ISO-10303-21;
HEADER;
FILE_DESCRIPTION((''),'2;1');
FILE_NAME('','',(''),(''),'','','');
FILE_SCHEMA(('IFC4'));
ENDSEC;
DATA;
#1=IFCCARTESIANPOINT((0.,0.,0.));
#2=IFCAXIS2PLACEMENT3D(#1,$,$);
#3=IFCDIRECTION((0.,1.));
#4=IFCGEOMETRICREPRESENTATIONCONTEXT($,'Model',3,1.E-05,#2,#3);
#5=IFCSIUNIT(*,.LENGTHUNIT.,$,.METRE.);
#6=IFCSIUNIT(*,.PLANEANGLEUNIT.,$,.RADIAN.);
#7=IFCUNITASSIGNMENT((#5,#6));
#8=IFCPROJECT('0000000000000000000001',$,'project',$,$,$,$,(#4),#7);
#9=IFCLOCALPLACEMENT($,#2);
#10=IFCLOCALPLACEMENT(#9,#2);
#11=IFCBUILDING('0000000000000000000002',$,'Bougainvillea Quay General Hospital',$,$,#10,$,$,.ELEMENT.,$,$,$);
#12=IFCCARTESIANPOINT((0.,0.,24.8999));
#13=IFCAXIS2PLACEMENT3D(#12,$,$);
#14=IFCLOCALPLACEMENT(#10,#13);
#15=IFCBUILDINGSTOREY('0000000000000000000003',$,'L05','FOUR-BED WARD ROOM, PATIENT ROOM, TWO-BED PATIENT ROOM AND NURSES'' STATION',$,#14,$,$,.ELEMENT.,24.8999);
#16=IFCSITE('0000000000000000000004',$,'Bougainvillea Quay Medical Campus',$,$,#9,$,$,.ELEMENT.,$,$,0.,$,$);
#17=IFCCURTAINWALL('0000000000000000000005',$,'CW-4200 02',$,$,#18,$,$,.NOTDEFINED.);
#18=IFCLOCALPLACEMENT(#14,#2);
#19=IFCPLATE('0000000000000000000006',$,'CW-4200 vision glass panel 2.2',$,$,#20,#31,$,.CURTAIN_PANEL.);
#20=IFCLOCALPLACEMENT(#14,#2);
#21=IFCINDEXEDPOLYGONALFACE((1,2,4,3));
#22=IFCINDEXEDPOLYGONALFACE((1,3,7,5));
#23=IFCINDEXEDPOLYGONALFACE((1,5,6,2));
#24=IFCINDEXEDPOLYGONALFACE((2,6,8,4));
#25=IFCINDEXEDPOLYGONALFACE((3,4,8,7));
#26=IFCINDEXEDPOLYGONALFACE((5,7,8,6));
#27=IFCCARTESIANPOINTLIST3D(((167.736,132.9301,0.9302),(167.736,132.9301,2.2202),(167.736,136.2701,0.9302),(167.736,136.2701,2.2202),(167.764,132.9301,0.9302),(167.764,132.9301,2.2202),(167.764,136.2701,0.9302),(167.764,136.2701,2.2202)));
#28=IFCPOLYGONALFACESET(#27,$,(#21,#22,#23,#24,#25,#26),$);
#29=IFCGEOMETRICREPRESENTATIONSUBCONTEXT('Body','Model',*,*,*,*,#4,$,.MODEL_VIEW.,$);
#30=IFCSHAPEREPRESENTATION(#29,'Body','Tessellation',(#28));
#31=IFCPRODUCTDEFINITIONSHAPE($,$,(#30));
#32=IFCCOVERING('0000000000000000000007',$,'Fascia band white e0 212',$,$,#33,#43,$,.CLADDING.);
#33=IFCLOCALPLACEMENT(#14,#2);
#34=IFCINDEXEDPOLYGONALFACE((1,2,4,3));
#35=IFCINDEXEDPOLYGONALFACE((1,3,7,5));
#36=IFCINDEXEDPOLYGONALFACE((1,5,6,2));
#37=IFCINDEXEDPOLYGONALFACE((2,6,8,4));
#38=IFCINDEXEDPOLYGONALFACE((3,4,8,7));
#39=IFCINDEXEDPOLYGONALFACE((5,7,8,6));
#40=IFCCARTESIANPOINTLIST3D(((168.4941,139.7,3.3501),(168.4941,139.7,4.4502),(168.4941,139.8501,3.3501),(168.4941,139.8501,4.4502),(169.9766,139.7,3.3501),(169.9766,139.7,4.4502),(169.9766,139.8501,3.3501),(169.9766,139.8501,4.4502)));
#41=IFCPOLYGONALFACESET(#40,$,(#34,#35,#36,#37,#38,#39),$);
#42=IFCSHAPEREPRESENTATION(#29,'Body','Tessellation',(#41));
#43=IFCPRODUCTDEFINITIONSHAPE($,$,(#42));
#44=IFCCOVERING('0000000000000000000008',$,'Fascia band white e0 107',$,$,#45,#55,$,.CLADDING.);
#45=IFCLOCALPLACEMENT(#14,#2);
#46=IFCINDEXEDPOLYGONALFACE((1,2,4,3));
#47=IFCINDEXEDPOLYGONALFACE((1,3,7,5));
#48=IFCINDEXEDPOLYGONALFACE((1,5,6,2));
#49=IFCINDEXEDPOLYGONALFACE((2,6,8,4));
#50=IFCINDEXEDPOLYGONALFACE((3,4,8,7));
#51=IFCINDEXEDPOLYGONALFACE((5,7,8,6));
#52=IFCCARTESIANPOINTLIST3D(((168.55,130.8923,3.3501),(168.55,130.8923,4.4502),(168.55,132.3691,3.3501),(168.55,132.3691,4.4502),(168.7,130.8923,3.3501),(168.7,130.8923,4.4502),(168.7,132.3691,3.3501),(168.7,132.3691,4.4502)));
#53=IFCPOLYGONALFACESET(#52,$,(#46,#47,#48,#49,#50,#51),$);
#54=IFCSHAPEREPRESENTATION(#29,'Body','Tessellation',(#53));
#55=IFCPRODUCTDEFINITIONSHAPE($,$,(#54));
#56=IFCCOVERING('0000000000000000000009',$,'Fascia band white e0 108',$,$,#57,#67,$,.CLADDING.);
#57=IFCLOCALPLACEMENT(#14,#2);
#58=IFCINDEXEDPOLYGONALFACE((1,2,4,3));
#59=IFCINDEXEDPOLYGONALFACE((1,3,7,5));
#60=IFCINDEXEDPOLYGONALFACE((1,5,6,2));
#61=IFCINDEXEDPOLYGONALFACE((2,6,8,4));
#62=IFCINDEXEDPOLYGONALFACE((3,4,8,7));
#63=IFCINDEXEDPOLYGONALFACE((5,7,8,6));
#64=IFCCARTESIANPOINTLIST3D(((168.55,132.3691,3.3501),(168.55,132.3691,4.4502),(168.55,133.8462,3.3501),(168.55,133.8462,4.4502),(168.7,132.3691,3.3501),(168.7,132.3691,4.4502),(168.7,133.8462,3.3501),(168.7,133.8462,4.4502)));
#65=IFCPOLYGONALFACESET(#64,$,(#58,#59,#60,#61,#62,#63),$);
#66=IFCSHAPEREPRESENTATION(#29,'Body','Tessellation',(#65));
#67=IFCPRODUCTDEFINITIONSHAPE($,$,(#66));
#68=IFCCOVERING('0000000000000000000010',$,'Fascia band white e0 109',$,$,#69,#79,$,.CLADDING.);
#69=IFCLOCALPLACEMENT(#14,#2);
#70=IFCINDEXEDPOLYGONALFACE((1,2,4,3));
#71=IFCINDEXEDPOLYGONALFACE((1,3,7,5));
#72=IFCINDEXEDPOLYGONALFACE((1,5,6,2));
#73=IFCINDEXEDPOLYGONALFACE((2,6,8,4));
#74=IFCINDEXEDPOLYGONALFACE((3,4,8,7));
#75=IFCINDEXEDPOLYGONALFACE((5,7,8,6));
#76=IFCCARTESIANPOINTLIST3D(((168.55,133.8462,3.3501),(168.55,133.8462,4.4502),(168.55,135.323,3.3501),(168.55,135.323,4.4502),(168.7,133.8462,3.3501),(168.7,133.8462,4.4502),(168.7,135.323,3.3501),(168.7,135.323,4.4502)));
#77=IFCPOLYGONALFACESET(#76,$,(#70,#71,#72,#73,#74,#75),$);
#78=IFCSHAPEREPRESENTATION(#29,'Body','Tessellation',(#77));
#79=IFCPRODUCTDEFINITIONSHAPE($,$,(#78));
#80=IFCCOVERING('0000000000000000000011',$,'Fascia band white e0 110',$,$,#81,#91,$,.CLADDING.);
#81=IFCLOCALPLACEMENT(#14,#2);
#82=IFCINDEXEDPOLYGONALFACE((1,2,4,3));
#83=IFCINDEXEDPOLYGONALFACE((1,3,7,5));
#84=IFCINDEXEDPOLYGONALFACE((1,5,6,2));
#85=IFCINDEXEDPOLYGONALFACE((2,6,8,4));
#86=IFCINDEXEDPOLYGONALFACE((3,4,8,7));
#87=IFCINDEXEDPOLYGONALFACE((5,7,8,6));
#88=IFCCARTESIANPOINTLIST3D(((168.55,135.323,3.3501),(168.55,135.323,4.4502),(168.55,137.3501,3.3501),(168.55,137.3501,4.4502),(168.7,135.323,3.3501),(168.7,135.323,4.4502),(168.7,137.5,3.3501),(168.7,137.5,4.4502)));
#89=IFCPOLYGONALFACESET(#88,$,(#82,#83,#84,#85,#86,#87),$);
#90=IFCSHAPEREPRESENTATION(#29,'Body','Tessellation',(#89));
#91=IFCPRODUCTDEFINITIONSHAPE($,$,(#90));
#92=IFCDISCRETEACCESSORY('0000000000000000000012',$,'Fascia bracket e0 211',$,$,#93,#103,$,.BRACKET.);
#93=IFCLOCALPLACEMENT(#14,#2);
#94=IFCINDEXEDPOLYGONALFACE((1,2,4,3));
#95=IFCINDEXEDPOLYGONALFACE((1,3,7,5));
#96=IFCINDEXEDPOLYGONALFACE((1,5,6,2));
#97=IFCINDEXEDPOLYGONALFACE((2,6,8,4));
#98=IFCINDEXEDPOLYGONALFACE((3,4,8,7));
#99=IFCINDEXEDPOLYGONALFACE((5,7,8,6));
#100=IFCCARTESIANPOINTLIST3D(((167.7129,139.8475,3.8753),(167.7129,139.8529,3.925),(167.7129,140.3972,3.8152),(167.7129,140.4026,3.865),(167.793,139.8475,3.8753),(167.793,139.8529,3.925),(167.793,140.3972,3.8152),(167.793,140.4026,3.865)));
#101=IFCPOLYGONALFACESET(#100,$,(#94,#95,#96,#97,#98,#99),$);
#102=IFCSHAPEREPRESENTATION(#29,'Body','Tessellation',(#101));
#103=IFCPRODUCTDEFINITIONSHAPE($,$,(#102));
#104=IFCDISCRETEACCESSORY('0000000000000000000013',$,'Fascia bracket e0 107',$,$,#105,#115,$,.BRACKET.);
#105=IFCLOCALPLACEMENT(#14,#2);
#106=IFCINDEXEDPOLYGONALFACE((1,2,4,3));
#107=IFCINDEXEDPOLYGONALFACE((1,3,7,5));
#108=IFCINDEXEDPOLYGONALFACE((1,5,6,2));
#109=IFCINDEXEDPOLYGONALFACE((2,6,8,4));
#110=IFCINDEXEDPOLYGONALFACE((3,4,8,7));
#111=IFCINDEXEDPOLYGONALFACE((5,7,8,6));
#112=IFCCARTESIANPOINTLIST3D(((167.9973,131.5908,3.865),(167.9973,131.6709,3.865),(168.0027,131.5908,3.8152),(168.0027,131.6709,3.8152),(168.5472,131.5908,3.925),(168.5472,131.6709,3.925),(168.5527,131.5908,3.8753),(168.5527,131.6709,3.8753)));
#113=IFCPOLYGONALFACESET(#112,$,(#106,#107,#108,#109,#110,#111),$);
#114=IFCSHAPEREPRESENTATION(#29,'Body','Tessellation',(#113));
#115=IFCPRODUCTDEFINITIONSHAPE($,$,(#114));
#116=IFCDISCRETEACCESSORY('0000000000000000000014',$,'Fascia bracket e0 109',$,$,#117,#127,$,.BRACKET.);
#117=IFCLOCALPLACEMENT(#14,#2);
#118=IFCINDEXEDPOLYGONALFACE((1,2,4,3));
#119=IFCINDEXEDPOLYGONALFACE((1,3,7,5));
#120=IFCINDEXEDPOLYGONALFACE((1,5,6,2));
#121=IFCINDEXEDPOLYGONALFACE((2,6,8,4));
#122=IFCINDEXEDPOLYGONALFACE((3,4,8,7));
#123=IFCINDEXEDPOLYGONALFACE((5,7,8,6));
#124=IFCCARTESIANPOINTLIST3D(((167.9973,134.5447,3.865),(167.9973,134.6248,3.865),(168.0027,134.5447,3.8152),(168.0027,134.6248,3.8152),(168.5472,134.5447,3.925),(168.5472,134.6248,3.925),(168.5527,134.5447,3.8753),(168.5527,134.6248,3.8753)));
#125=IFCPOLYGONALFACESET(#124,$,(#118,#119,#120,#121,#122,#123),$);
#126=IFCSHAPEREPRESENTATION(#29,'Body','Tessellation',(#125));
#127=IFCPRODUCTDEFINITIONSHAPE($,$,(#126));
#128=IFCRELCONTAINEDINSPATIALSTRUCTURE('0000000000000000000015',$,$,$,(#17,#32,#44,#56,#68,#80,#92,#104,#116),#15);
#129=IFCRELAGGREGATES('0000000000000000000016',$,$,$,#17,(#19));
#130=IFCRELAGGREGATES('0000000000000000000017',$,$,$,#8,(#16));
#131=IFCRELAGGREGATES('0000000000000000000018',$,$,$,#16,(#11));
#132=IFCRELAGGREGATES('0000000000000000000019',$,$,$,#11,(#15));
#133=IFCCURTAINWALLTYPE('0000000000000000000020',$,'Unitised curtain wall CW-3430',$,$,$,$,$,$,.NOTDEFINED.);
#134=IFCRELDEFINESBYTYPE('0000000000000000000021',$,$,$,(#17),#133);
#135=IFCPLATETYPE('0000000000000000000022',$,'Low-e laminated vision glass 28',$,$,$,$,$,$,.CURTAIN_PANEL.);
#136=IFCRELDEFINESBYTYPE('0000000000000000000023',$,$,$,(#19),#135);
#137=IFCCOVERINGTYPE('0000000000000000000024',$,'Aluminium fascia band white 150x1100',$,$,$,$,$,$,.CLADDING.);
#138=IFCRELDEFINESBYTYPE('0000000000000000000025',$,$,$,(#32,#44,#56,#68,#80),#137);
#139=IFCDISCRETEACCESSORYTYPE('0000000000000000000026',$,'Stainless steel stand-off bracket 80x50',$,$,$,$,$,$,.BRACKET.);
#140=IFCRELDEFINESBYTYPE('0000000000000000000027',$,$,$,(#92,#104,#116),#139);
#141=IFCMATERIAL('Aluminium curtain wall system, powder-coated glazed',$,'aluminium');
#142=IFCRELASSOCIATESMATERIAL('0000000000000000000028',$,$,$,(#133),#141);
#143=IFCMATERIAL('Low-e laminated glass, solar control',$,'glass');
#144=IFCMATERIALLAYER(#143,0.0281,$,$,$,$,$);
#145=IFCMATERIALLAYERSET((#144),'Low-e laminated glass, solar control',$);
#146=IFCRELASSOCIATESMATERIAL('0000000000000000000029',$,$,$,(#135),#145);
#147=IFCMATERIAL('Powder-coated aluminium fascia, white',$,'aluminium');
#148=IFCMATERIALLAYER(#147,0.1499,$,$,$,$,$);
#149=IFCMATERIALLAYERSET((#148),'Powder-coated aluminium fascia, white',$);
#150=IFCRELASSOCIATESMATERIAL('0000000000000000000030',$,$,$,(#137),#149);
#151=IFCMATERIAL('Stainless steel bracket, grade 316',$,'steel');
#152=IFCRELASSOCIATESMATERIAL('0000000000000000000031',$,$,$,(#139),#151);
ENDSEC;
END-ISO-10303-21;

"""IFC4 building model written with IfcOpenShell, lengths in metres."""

from ifc_helpers import new_model, si_unit, direction, frame, origin, origin_2d, place, context, subcontext, project, spatial, polyline, rectangle, outline, extrude, material, layer, layer_set, material_profile, profile_set, type_object, element, aggregate, save


model = new_model("IFC4")

# Units and contexts
model_context = context("Model", 3, precision=1e-05, world=origin(), true_north=direction((0.0, 1.0)))
body_context = subcontext(model_context, "Body", "Model", "MODEL_VIEW")
ifc_project = project(units=[si_unit("LENGTHUNIT", "METRE"), si_unit("PLANEANGLEUNIT", "RADIAN")], contexts=[model_context])

# Site, building, storey
site_placement = place(None, origin())
site = spatial("IfcSite", under=ifc_project, at=site_placement, Name="Bougainvillea Quay Medical Campus", CompositionType="ELEMENT", RefElevation=0.0)
building_placement = place(site_placement, origin())
building = spatial("IfcBuilding", under=site, at=building_placement, Name="Bougainvillea Quay General Hospital", CompositionType="ELEMENT")
storey_placement = place(building_placement, frame((0.0, 0.0, 24.8999)))
storey = spatial("IfcBuildingStorey", under=building, at=storey_placement, Name="L05", Description="FOUR-BED WARD ROOM, PATIENT ROOM, TWO-BED PATIENT ROOM AND NURSES' STATION", CompositionType="ELEMENT", Elevation=24.8999)

# Curtain wall
ifc_material_1 = material(Name="Aluminium curtain wall system, powder-coated glazed", Category="aluminium")
curtain_wall_type = type_object("IfcCurtainWallType", Name="Unitised curtain wall CW-3430", PredefinedType="NOTDEFINED", material=ifc_material_1)
curtain_wall_placement = place(storey_placement, origin())
curtain_wall = element("IfcCurtainWall", 1, at=curtain_wall_placement, inside=storey, type_object=curtain_wall_type, Name="CW-4200 02", PredefinedType="NOTDEFINED")

# Plate
ifc_material_2 = material(Name="Low-e laminated glass, solar control", Category="glass")
ifc_layer_1 = layer(ifc_material_2, 0.0281)
ifc_layer_set_1 = layer_set([ifc_layer_1], Name="Low-e laminated glass, solar control")
plate_type_1 = type_object("IfcPlateType", Name="Low-e laminated vision glass 28", PredefinedType="CURTAIN_PANEL", material=ifc_layer_set_1)
plate_1_placement = place(storey_placement, frame((167.75, 134.6001, 0.9302), z_axis=(0.0, 0.0, 1.0), x_axis=(0.0, 1.0, 0.0)))
plate_1 = element("IfcPlate", 2, at=plate_1_placement, type_object=plate_type_1, Name="CW-4200 vision glass panel 2.2", PredefinedType="CURTAIN_PANEL", context=body_context, shape_type="SweptSolid", body=[
    extrude(rectangle(XDim=3.3401, YDim=0.0281, at=origin_2d()), origin(), (0.0, 0.0, 1.0), 1.29),
])
aggregate(curtain_wall, [plate_1])

# Coverings
ifc_material_3 = material(Name="Powder-coated aluminium fascia, white", Category="aluminium")
ifc_layer_2 = layer(ifc_material_3, 0.1499)
ifc_layer_set_2 = layer_set([ifc_layer_2], Name="Powder-coated aluminium fascia, white")
covering_type = type_object("IfcCoveringType", Name="Aluminium fascia band white 150x1100", PredefinedType="CLADDING", material=ifc_layer_set_2)
covering_1_placement = place(storey_placement, frame((168.4941, 139.8501, 3.3501), z_axis=(0.0, 0.0, 1.0), x_axis=(1.0, 0.0, 0.0)))
element("IfcCovering", 3, at=covering_1_placement, inside=storey, type_object=covering_type, Name="Fascia band white e0 212", PredefinedType="CLADDING", context=body_context, shape_type="SweptSolid", body=[
    extrude(outline(polyline([(0.0, 0.0), (1.4824, 0.0), (1.4824, -0.1501), (0.0, -0.1501), (0.0, 0.0)])), origin(), (0.0, 0.0, 1.0), 1.1001),
])
covering_2_placement = place(storey_placement, frame((168.55, 130.8923, 3.3501), z_axis=(0.0, 0.0, 1.0), x_axis=(0.0, 1.0, 0.0)))
element("IfcCovering", 4, at=covering_2_placement, inside=storey, type_object=covering_type, Name="Fascia band white e0 107", PredefinedType="CLADDING", context=body_context, shape_type="SweptSolid", body=[
    extrude(outline(polyline([(0.0, 0.0), (1.4768, 0.0), (1.4768, -0.1499), (0.0, -0.1499), (0.0, 0.0)])), origin(), (0.0, 0.0, 1.0), 1.1001),
])
covering_3_placement = place(storey_placement, frame((168.55, 132.3691, 3.3501), z_axis=(0.0, 0.0, 1.0), x_axis=(0.0, 1.0, 0.0)))
element("IfcCovering", 5, at=covering_3_placement, inside=storey, type_object=covering_type, Name="Fascia band white e0 108", PredefinedType="CLADDING", context=body_context, shape_type="SweptSolid", body=[
    extrude(outline(polyline([(0.0, 0.0), (1.4771, 0.0), (1.4771, -0.1499), (0.0, -0.1499), (0.0, 0.0)])), origin(), (0.0, 0.0, 1.0), 1.1001),
])
covering_4_placement = place(storey_placement, frame((168.55, 133.8462, 3.3501), z_axis=(0.0, 0.0, 1.0), x_axis=(0.0, 1.0, 0.0)))
element("IfcCovering", 6, at=covering_4_placement, inside=storey, type_object=covering_type, Name="Fascia band white e0 109", PredefinedType="CLADDING", context=body_context, shape_type="SweptSolid", body=[
    extrude(outline(polyline([(0.0, 0.0), (1.4768, 0.0), (1.4768, -0.1499), (0.0, -0.1499), (0.0, 0.0)])), origin(), (0.0, 0.0, 1.0), 1.1001),
])
covering_5_placement = place(storey_placement, frame((168.55, 135.323, 3.3501), z_axis=(0.0, 0.0, 1.0), x_axis=(0.0, 1.0, 0.0)))
element("IfcCovering", 7, at=covering_5_placement, inside=storey, type_object=covering_type, Name="Fascia band white e0 110", PredefinedType="CLADDING", context=body_context, shape_type="SweptSolid", body=[
    extrude(outline(polyline([(0.0, 0.0), (2.0271, 0.0), (2.177, -0.1499), (0.0, -0.1499), (0.0, 0.0)])), origin(), (0.0, 0.0, 1.0), 1.1001),
])

# Discrete accessories
ifc_material_4 = material(Name="Stainless steel bracket, grade 316", Category="steel")
ifc_material_profile_1 = material_profile(ifc_material_4, rectangle(XDim=0.0801, YDim=0.05, at=origin_2d()))
ifc_profile_set_1 = profile_set([ifc_material_profile_1], Name="Stainless steel bracket, grade 316")
discrete_accessory_type = type_object("IfcDiscreteAccessoryType", Name="Stainless steel stand-off bracket 80x50", PredefinedType="BRACKET", material=ifc_profile_set_1)
discrete_accessory_placement = place(storey_placement, frame((167.7529, 140.3999, 3.8401), z_axis=(0.0, -0.994087, 0.10859), x_axis=(1.0, 0.0, 0.0)))
element("IfcDiscreteAccessory", 8, at=discrete_accessory_placement, inside=storey, type_object=discrete_accessory_type, Name="Fascia bracket e0 211", PredefinedType="BRACKET", context=body_context, shape_type="SweptSolid", body=[
    extrude(rectangle(XDim=0.0801, YDim=0.05, at=origin_2d()), origin(), (0.0, 0.0, 1.0), 0.553),
])
for number, where, z_axis, x_axis, name in (
    (9, (168.0, 131.6309, 3.8401), (0.994092, 0.0, 0.108543), (0.0, 1.0, 0.0), "Fascia bracket e0 107"),
    (10, (168.0, 134.5847, 3.8401), (0.994092, 0.0, 0.108543), (0.0, 1.0, 0.0), "Fascia bracket e0 109"),
):
    element("IfcDiscreteAccessory", number, at=place(storey_placement, frame(where, z_axis=z_axis, x_axis=x_axis)), inside=storey, type_object=discrete_accessory_type, Name=name, PredefinedType="BRACKET", context=body_context, shape_type="SweptSolid", body=[
        extrude(rectangle(XDim=0.0801, YDim=0.05, at=origin_2d()), origin(), (0.0, 0.0, 1.0), 0.5532),
    ])

save(model, "model.ifc")
